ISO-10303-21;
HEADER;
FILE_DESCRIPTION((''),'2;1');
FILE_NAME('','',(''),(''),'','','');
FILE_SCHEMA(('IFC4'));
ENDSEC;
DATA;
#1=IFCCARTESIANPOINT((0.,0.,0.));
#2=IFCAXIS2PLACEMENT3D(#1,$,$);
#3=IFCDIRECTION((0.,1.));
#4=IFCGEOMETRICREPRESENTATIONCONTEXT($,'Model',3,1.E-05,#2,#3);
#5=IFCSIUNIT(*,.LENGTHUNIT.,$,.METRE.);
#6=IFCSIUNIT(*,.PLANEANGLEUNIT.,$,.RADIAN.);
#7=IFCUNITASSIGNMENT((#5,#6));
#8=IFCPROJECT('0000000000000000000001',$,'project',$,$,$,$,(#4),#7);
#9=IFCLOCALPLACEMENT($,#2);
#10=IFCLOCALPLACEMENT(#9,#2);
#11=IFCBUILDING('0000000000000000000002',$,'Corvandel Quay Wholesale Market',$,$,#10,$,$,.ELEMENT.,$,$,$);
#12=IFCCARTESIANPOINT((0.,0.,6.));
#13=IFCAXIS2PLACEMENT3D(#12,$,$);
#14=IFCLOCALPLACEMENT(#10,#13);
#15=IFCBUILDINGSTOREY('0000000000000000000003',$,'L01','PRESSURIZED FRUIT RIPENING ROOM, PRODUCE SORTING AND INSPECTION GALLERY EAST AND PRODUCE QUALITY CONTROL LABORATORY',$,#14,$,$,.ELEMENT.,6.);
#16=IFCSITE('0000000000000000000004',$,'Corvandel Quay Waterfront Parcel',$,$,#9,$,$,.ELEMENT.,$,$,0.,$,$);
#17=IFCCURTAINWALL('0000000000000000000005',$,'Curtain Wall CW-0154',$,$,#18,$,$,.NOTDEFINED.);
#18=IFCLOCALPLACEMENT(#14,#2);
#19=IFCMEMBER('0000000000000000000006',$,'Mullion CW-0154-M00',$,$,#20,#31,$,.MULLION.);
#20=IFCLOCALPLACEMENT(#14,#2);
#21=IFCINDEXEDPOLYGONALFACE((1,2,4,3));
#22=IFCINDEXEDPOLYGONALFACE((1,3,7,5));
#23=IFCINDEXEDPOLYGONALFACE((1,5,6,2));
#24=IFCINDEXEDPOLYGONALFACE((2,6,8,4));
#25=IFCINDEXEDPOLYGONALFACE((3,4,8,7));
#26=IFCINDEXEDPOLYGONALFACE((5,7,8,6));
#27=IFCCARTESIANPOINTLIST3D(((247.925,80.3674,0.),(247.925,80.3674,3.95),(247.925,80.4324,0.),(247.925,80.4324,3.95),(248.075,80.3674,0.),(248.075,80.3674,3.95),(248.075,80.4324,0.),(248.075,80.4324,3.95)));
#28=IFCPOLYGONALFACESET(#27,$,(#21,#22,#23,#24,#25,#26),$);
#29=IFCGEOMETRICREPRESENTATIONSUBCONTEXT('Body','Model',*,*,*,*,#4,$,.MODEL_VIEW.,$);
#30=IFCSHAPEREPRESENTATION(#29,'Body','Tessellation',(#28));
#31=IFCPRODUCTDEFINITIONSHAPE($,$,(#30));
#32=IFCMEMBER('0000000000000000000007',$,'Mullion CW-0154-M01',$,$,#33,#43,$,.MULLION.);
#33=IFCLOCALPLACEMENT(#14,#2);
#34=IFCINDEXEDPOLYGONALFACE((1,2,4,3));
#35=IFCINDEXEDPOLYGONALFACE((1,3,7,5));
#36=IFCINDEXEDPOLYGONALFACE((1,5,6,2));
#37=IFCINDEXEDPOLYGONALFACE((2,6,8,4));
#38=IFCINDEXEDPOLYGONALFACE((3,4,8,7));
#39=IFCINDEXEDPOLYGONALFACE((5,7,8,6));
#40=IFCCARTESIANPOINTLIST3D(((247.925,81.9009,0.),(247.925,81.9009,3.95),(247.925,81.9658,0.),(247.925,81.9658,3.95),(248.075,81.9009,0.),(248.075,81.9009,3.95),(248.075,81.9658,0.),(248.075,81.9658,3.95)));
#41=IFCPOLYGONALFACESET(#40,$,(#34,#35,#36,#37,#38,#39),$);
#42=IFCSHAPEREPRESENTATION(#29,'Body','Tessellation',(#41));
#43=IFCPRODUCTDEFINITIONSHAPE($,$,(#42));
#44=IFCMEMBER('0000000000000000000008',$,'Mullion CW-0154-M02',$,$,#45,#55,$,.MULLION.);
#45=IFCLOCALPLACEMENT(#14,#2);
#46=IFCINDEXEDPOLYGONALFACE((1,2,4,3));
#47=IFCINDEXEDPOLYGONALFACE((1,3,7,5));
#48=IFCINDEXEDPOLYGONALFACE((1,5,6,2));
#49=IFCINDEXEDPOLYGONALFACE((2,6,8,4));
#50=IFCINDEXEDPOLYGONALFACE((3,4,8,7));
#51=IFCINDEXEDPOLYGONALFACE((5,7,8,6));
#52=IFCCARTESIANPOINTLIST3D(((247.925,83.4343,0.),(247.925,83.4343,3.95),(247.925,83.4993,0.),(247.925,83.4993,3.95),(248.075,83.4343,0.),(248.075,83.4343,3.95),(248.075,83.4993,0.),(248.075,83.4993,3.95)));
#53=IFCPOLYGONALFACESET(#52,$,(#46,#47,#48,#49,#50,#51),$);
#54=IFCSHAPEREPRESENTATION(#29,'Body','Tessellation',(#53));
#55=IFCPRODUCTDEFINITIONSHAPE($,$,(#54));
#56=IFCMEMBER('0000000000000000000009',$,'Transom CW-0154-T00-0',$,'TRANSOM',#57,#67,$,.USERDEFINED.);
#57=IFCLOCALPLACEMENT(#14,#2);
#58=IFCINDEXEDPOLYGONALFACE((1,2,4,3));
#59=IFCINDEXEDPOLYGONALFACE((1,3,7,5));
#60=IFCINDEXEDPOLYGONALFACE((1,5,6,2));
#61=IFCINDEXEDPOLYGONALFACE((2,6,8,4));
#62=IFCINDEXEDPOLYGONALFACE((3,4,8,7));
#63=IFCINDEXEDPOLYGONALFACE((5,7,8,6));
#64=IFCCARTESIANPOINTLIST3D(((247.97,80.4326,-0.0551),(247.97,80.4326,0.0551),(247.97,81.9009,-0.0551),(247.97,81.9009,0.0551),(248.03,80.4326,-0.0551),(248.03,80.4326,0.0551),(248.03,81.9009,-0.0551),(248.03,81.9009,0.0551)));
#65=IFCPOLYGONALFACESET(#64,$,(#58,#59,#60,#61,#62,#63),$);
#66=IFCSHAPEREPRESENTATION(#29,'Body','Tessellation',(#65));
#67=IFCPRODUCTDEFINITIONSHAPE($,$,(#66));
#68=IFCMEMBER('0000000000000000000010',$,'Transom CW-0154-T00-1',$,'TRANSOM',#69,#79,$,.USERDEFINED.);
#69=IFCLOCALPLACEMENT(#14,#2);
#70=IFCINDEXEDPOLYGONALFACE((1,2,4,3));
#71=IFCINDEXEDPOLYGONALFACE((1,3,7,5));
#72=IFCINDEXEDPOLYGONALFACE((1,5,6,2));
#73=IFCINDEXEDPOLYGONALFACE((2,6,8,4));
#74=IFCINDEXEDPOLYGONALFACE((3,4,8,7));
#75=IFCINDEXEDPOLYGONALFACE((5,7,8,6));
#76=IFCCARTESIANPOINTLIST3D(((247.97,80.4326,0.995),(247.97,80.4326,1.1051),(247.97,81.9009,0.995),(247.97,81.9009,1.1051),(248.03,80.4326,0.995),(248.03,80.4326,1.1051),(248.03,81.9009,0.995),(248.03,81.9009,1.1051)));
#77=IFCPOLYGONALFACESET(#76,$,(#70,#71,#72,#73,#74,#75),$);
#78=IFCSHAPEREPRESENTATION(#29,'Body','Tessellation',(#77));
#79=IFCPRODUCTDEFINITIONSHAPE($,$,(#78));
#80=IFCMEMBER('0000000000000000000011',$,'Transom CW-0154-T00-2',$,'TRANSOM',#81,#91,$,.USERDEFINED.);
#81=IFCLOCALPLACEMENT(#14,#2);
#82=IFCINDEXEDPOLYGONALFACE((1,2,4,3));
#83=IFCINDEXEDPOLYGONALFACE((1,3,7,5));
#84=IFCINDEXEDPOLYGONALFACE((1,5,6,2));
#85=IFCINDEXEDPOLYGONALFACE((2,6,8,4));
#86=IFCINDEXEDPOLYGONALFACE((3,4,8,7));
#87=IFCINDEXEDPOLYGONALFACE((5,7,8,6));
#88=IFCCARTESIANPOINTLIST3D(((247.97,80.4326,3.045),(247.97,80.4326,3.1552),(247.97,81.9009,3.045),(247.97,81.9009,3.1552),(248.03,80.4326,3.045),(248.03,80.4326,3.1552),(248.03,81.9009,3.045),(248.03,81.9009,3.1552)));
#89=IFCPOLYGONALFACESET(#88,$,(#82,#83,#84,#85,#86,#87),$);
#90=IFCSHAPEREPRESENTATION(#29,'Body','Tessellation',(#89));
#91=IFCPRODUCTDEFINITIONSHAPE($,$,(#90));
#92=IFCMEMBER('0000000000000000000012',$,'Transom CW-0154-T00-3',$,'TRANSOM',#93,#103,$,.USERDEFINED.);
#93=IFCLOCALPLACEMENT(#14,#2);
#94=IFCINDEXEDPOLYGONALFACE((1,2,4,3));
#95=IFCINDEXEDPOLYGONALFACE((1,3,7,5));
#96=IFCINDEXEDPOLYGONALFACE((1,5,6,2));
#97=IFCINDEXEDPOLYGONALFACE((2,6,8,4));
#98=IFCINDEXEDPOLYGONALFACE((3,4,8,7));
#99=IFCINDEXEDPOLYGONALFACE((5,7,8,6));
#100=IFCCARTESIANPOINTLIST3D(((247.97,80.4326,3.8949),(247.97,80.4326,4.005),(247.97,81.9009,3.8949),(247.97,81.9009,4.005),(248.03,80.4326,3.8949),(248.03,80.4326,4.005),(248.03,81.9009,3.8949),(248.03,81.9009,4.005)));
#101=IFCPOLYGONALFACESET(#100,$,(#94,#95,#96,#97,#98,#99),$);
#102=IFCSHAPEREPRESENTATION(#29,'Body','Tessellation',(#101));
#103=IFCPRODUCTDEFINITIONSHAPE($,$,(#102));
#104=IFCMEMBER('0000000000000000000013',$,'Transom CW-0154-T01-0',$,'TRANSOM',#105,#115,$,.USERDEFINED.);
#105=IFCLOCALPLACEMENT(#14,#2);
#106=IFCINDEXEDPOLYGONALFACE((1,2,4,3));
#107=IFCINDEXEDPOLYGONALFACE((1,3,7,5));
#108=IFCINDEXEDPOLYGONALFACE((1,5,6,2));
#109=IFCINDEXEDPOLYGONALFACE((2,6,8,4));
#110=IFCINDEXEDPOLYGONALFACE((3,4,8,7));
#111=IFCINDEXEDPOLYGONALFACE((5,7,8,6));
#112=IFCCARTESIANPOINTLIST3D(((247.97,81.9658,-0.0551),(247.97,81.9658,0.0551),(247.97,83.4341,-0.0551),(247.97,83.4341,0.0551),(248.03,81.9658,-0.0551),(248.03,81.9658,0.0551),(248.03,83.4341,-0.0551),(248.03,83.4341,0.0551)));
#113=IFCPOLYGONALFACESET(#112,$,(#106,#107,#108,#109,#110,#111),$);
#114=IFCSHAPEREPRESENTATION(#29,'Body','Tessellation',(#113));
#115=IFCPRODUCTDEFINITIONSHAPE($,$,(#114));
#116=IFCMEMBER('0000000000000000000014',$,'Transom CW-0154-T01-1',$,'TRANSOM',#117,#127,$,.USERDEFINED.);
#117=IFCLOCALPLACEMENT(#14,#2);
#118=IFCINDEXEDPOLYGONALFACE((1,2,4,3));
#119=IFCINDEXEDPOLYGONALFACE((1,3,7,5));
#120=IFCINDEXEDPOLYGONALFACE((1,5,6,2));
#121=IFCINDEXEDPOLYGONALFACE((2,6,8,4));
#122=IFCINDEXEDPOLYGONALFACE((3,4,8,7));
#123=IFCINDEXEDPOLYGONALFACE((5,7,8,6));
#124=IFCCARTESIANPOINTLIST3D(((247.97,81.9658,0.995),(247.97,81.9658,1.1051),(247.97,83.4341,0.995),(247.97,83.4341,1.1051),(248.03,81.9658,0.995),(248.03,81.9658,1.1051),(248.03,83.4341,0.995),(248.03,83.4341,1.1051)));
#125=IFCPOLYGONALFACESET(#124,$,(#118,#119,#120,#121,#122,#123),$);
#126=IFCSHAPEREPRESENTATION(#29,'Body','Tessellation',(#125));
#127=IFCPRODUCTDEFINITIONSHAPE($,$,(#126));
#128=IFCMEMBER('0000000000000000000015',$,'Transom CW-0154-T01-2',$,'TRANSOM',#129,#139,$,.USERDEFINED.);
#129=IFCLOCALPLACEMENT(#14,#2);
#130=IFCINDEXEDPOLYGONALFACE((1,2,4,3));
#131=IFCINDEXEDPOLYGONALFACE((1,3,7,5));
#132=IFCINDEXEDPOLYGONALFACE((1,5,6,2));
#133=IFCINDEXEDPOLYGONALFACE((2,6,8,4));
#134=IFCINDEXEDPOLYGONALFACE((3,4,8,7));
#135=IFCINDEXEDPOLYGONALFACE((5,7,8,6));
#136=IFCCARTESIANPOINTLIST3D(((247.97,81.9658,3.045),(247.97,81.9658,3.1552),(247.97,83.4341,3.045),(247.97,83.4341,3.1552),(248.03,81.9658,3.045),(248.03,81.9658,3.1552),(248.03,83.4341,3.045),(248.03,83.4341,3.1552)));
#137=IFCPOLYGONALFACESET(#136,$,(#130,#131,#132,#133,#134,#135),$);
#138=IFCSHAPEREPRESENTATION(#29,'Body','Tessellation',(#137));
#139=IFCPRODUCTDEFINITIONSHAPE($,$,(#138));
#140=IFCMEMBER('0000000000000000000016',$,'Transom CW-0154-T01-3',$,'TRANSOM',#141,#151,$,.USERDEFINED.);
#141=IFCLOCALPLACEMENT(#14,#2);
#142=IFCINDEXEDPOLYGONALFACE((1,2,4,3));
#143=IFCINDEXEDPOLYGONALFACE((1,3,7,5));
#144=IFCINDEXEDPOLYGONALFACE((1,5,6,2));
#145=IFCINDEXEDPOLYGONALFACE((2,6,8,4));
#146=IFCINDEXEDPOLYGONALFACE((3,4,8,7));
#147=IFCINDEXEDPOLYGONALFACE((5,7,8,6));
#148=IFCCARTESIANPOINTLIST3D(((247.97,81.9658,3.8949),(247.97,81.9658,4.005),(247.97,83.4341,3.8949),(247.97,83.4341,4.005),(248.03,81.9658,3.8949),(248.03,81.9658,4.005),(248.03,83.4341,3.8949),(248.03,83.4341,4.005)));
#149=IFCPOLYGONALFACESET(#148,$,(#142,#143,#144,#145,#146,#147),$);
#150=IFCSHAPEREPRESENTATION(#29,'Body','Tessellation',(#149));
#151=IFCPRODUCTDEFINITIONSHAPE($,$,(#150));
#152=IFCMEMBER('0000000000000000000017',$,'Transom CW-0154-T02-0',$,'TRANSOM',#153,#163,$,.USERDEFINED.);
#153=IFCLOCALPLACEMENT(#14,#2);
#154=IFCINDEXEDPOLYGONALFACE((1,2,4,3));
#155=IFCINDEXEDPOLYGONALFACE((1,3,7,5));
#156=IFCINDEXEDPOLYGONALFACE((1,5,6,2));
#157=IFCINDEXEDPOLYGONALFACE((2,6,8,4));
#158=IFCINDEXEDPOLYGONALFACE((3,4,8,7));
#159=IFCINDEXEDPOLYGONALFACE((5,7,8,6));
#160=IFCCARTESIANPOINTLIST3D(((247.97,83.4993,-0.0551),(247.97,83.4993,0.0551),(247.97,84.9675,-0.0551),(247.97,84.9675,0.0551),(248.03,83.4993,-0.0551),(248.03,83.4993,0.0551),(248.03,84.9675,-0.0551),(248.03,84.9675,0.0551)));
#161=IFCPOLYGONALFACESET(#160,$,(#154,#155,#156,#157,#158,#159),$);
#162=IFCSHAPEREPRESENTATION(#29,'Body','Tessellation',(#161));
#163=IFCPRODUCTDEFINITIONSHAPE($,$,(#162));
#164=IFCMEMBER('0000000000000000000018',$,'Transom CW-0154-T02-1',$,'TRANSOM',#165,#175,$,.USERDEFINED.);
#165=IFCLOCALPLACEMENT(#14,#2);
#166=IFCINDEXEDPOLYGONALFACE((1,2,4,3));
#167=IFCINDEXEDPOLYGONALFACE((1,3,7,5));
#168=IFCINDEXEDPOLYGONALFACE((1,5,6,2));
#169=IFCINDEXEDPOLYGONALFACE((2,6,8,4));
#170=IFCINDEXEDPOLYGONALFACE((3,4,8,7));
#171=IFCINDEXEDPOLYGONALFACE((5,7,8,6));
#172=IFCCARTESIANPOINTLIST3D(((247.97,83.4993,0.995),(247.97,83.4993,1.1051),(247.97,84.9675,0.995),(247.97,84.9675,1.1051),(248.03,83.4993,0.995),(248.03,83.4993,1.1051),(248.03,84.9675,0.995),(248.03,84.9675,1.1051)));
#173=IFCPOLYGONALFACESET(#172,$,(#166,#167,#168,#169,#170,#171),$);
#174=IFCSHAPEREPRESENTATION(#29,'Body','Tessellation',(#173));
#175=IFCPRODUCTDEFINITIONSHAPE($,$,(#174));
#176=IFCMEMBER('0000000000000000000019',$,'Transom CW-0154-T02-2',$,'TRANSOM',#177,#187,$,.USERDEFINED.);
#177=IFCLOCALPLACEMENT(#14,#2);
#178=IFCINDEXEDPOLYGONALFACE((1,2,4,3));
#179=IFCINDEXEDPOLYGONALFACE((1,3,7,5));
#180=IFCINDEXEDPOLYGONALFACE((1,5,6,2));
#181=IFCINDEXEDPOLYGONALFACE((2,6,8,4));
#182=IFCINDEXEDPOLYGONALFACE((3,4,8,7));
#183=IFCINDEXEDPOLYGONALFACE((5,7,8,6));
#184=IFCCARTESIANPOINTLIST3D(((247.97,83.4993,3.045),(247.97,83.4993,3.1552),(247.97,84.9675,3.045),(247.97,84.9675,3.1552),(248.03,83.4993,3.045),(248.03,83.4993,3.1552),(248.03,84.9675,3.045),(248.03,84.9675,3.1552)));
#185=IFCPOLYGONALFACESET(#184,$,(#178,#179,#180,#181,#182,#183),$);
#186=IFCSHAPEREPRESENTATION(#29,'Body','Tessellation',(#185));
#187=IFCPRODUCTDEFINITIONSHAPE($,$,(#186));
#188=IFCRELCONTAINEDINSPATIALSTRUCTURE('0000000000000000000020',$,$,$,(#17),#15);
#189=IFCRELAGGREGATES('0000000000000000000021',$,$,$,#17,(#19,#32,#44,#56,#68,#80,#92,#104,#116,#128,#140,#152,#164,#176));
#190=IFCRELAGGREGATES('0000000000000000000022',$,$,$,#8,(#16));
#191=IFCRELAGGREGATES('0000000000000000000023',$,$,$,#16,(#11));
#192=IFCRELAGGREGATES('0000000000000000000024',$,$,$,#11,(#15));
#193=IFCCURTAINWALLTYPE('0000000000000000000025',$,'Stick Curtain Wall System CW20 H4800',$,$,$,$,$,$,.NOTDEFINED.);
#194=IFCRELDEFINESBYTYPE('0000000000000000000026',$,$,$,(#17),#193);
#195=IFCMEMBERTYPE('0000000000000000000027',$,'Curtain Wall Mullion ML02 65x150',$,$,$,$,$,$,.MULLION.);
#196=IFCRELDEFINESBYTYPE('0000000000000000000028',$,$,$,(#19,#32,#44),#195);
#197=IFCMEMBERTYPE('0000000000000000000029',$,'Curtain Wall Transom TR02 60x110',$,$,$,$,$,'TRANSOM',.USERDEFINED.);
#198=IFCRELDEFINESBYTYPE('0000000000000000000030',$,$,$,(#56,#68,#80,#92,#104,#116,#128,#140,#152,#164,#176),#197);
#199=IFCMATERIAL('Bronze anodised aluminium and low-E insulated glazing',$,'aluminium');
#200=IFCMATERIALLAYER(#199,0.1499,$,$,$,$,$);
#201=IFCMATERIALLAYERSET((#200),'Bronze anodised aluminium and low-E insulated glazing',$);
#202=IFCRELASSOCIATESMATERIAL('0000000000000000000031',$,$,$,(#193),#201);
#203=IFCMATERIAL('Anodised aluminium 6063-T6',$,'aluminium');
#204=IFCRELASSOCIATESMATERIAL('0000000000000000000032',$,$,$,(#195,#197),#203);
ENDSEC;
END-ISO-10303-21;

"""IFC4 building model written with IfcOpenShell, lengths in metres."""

from ifc_helpers import new_model, si_unit, direction, frame, origin, origin_2d, place, context, subcontext, project, spatial, rectangle, extrude, material, layer, layer_set, material_profile, profile_set, type_object, element, aggregate, save


model = new_model("IFC4")

# Units and contexts
model_context = context("Model", 3, precision=1e-05, world=origin(), true_north=direction((0.0, 1.0)))
body_context = subcontext(model_context, "Body", "Model", "MODEL_VIEW")
ifc_project = project(units=[si_unit("LENGTHUNIT", "METRE"), si_unit("PLANEANGLEUNIT", "RADIAN")], contexts=[model_context])

# Site, building, storey
site_placement = place(None, origin())
site = spatial("IfcSite", under=ifc_project, at=site_placement, Name="Corvandel Quay Waterfront Parcel", CompositionType="ELEMENT", RefElevation=0.0)
building_placement = place(site_placement, origin())
building = spatial("IfcBuilding", under=site, at=building_placement, Name="Corvandel Quay Wholesale Market", CompositionType="ELEMENT")
storey_placement = place(building_placement, frame((0.0, 0.0, 6.0)))
storey = spatial("IfcBuildingStorey", under=building, at=storey_placement, Name="L01", Description="PRESSURIZED FRUIT RIPENING ROOM, PRODUCE SORTING AND INSPECTION GALLERY EAST AND PRODUCE QUALITY CONTROL LABORATORY", CompositionType="ELEMENT", Elevation=6.0)

# Curtain wall, members
ifc_material_1 = material(Name="Bronze anodised aluminium and low-E insulated glazing", Category="aluminium")
ifc_layer_1 = layer(ifc_material_1, 0.1499)
ifc_layer_set_1 = layer_set([ifc_layer_1], Name="Bronze anodised aluminium and low-E insulated glazing")
curtain_wall_type = type_object("IfcCurtainWallType", Name="Stick Curtain Wall System CW20 H4800", PredefinedType="NOTDEFINED", material=ifc_layer_set_1)
curtain_wall_placement = place(storey_placement, origin())
curtain_wall = element("IfcCurtainWall", 1, at=curtain_wall_placement, inside=storey, type_object=curtain_wall_type, Name="Curtain Wall CW-0154", PredefinedType="NOTDEFINED")
ifc_material_2 = material(Name="Anodised aluminium 6063-T6", Category="aluminium")
ifc_material_profile_1 = material_profile(ifc_material_2, rectangle(XDim=0.0649, YDim=0.1499, at=origin_2d()), Name="ALU-MUL-65x150")
ifc_profile_set_1 = profile_set([ifc_material_profile_1], Name="Anodised aluminium 6063-T6")
member_type_1 = type_object("IfcMemberType", Name="Curtain Wall Mullion ML02 65x150", PredefinedType="MULLION", material=ifc_profile_set_1)
member_1_placement = place(storey_placement, frame((248.0, 80.3999, 0.0), z_axis=(0.0, 0.0, 1.0), x_axis=(0.0, 1.0, 0.0)))
member_1 = element("IfcMember", 2, at=member_1_placement, type_object=member_type_1, Name="Mullion CW-0154-M00", PredefinedType="MULLION", context=body_context, shape_type="SweptSolid", body=[
    extrude(rectangle(XDim=0.0649, YDim=0.1499, at=origin_2d()), origin(), (0.0, 0.0, 1.0), 3.95),
])
member_2_placement = place(storey_placement, frame((248.0, 81.9333, 0.0), z_axis=(0.0, 0.0, 1.0), x_axis=(0.0, 1.0, 0.0)))
member_2 = element("IfcMember", 3, at=member_2_placement, type_object=member_type_1, Name="Mullion CW-0154-M01", PredefinedType="MULLION", context=body_context, shape_type="SweptSolid", body=[
    extrude(rectangle(XDim=0.0649, YDim=0.1499, at=origin_2d()), origin(), (0.0, 0.0, 1.0), 3.95),
])
member_3_placement = place(storey_placement, frame((248.0, 83.4668, 0.0), z_axis=(0.0, 0.0, 1.0), x_axis=(0.0, 1.0, 0.0)))
member_3 = element("IfcMember", 4, at=member_3_placement, type_object=member_type_1, Name="Mullion CW-0154-M02", PredefinedType="MULLION", context=body_context, shape_type="SweptSolid", body=[
    extrude(rectangle(XDim=0.0649, YDim=0.1499, at=origin_2d()), origin(), (0.0, 0.0, 1.0), 3.95),
])
ifc_material_profile_2 = material_profile(ifc_material_2, rectangle(XDim=0.0601, YDim=0.1101, at=origin_2d()), Name="ALU-TRN-60x110")
ifc_profile_set_2 = profile_set([ifc_material_profile_2], Name="Anodised aluminium 6063-T6")
member_type_2 = type_object("IfcMemberType", Name="Curtain Wall Transom TR02 60x110", ElementType="TRANSOM", PredefinedType="USERDEFINED", material=ifc_profile_set_2)
member_4_placement = place(storey_placement, frame((248.0, 80.4326, 0.0), z_axis=(0.0, 1.0, 0.0), x_axis=(-1.0, 0.0, 0.0)))
member_4 = element("IfcMember", 5, at=member_4_placement, type_object=member_type_2, Name="Transom CW-0154-T00-0", ObjectType="TRANSOM", PredefinedType="USERDEFINED", context=body_context, shape_type="SweptSolid", body=[
    extrude(rectangle(XDim=0.0601, YDim=0.1101, at=origin_2d()), origin(), (0.0, 0.0, 1.0), 1.4683),
])
member_5_placement = place(storey_placement, frame((248.0, 80.4326, 1.05), z_axis=(0.0, 1.0, 0.0), x_axis=(-1.0, 0.0, 0.0)))
member_5 = element("IfcMember", 6, at=member_5_placement, type_object=member_type_2, Name="Transom CW-0154-T00-1", ObjectType="TRANSOM", PredefinedType="USERDEFINED", context=body_context, shape_type="SweptSolid", body=[
    extrude(rectangle(XDim=0.0601, YDim=0.1101, at=origin_2d()), origin(), (0.0, 0.0, 1.0), 1.4683),
])
member_6_placement = place(storey_placement, frame((248.0, 80.4326, 3.1001), z_axis=(0.0, 1.0, 0.0), x_axis=(-1.0, 0.0, 0.0)))
member_6 = element("IfcMember", 7, at=member_6_placement, type_object=member_type_2, Name="Transom CW-0154-T00-2", ObjectType="TRANSOM", PredefinedType="USERDEFINED", context=body_context, shape_type="SweptSolid", body=[
    extrude(rectangle(XDim=0.0601, YDim=0.1101, at=origin_2d()), origin(), (0.0, 0.0, 1.0), 1.4683),
])
member_7_placement = place(storey_placement, frame((248.0, 80.4326, 3.95), z_axis=(0.0, 1.0, 0.0), x_axis=(-1.0, 0.0, 0.0)))
member_7 = element("IfcMember", 8, at=member_7_placement, type_object=member_type_2, Name="Transom CW-0154-T00-3", ObjectType="TRANSOM", PredefinedType="USERDEFINED", context=body_context, shape_type="SweptSolid", body=[
    extrude(rectangle(XDim=0.0601, YDim=0.1101, at=origin_2d()), origin(), (0.0, 0.0, 1.0), 1.4683),
])
member_8_placement = place(storey_placement, frame((248.0, 81.9658, 0.0), z_axis=(0.0, 1.0, 0.0), x_axis=(-1.0, 0.0, 0.0)))
member_8 = element("IfcMember", 9, at=member_8_placement, type_object=member_type_2, Name="Transom CW-0154-T01-0", ObjectType="TRANSOM", PredefinedType="USERDEFINED", context=body_context, shape_type="SweptSolid", body=[
    extrude(rectangle(XDim=0.0601, YDim=0.1101, at=origin_2d()), origin(), (0.0, 0.0, 1.0), 1.4683),
])
member_9_placement = place(storey_placement, frame((248.0, 81.9658, 1.05), z_axis=(0.0, 1.0, 0.0), x_axis=(-1.0, 0.0, 0.0)))
member_9 = element("IfcMember", 10, at=member_9_placement, type_object=member_type_2, Name="Transom CW-0154-T01-1", ObjectType="TRANSOM", PredefinedType="USERDEFINED", context=body_context, shape_type="SweptSolid", body=[
    extrude(rectangle(XDim=0.0601, YDim=0.1101, at=origin_2d()), origin(), (0.0, 0.0, 1.0), 1.4683),
])
member_10_placement = place(storey_placement, frame((248.0, 81.9658, 3.1001), z_axis=(0.0, 1.0, 0.0), x_axis=(-1.0, 0.0, 0.0)))
member_10 = element("IfcMember", 11, at=member_10_placement, type_object=member_type_2, Name="Transom CW-0154-T01-2", ObjectType="TRANSOM", PredefinedType="USERDEFINED", context=body_context, shape_type="SweptSolid", body=[
    extrude(rectangle(XDim=0.0601, YDim=0.1101, at=origin_2d()), origin(), (0.0, 0.0, 1.0), 1.4683),
])
member_11_placement = place(storey_placement, frame((248.0, 81.9658, 3.95), z_axis=(0.0, 1.0, 0.0), x_axis=(-1.0, 0.0, 0.0)))
member_11 = element("IfcMember", 12, at=member_11_placement, type_object=member_type_2, Name="Transom CW-0154-T01-3", ObjectType="TRANSOM", PredefinedType="USERDEFINED", context=body_context, shape_type="SweptSolid", body=[
    extrude(rectangle(XDim=0.0601, YDim=0.1101, at=origin_2d()), origin(), (0.0, 0.0, 1.0), 1.4683),
])
member_12_placement = place(storey_placement, frame((248.0, 83.4993, 0.0), z_axis=(0.0, 1.0, 0.0), x_axis=(-1.0, 0.0, 0.0)))
member_12 = element("IfcMember", 13, at=member_12_placement, type_object=member_type_2, Name="Transom CW-0154-T02-0", ObjectType="TRANSOM", PredefinedType="USERDEFINED", context=body_context, shape_type="SweptSolid", body=[
    extrude(rectangle(XDim=0.0601, YDim=0.1101, at=origin_2d()), origin(), (0.0, 0.0, 1.0), 1.4683),
])
member_13_placement = place(storey_placement, frame((248.0, 83.4993, 1.05), z_axis=(0.0, 1.0, 0.0), x_axis=(-1.0, 0.0, 0.0)))
member_13 = element("IfcMember", 14, at=member_13_placement, type_object=member_type_2, Name="Transom CW-0154-T02-1", ObjectType="TRANSOM", PredefinedType="USERDEFINED", context=body_context, shape_type="SweptSolid", body=[
    extrude(rectangle(XDim=0.0601, YDim=0.1101, at=origin_2d()), origin(), (0.0, 0.0, 1.0), 1.4683),
])
member_14_placement = place(storey_placement, frame((248.0, 83.4993, 3.1001), z_axis=(0.0, 1.0, 0.0), x_axis=(-1.0, 0.0, 0.0)))
member_14 = element("IfcMember", 15, at=member_14_placement, type_object=member_type_2, Name="Transom CW-0154-T02-2", ObjectType="TRANSOM", PredefinedType="USERDEFINED", context=body_context, shape_type="SweptSolid", body=[
    extrude(rectangle(XDim=0.0601, YDim=0.1101, at=origin_2d()), origin(), (0.0, 0.0, 1.0), 1.4683),
])

aggregate(curtain_wall, [member_1, member_2, member_3, member_4, member_5, member_6, member_7, member_8, member_9, member_10, member_11, member_12, member_13, member_14])

save(model, "model.ifc")
